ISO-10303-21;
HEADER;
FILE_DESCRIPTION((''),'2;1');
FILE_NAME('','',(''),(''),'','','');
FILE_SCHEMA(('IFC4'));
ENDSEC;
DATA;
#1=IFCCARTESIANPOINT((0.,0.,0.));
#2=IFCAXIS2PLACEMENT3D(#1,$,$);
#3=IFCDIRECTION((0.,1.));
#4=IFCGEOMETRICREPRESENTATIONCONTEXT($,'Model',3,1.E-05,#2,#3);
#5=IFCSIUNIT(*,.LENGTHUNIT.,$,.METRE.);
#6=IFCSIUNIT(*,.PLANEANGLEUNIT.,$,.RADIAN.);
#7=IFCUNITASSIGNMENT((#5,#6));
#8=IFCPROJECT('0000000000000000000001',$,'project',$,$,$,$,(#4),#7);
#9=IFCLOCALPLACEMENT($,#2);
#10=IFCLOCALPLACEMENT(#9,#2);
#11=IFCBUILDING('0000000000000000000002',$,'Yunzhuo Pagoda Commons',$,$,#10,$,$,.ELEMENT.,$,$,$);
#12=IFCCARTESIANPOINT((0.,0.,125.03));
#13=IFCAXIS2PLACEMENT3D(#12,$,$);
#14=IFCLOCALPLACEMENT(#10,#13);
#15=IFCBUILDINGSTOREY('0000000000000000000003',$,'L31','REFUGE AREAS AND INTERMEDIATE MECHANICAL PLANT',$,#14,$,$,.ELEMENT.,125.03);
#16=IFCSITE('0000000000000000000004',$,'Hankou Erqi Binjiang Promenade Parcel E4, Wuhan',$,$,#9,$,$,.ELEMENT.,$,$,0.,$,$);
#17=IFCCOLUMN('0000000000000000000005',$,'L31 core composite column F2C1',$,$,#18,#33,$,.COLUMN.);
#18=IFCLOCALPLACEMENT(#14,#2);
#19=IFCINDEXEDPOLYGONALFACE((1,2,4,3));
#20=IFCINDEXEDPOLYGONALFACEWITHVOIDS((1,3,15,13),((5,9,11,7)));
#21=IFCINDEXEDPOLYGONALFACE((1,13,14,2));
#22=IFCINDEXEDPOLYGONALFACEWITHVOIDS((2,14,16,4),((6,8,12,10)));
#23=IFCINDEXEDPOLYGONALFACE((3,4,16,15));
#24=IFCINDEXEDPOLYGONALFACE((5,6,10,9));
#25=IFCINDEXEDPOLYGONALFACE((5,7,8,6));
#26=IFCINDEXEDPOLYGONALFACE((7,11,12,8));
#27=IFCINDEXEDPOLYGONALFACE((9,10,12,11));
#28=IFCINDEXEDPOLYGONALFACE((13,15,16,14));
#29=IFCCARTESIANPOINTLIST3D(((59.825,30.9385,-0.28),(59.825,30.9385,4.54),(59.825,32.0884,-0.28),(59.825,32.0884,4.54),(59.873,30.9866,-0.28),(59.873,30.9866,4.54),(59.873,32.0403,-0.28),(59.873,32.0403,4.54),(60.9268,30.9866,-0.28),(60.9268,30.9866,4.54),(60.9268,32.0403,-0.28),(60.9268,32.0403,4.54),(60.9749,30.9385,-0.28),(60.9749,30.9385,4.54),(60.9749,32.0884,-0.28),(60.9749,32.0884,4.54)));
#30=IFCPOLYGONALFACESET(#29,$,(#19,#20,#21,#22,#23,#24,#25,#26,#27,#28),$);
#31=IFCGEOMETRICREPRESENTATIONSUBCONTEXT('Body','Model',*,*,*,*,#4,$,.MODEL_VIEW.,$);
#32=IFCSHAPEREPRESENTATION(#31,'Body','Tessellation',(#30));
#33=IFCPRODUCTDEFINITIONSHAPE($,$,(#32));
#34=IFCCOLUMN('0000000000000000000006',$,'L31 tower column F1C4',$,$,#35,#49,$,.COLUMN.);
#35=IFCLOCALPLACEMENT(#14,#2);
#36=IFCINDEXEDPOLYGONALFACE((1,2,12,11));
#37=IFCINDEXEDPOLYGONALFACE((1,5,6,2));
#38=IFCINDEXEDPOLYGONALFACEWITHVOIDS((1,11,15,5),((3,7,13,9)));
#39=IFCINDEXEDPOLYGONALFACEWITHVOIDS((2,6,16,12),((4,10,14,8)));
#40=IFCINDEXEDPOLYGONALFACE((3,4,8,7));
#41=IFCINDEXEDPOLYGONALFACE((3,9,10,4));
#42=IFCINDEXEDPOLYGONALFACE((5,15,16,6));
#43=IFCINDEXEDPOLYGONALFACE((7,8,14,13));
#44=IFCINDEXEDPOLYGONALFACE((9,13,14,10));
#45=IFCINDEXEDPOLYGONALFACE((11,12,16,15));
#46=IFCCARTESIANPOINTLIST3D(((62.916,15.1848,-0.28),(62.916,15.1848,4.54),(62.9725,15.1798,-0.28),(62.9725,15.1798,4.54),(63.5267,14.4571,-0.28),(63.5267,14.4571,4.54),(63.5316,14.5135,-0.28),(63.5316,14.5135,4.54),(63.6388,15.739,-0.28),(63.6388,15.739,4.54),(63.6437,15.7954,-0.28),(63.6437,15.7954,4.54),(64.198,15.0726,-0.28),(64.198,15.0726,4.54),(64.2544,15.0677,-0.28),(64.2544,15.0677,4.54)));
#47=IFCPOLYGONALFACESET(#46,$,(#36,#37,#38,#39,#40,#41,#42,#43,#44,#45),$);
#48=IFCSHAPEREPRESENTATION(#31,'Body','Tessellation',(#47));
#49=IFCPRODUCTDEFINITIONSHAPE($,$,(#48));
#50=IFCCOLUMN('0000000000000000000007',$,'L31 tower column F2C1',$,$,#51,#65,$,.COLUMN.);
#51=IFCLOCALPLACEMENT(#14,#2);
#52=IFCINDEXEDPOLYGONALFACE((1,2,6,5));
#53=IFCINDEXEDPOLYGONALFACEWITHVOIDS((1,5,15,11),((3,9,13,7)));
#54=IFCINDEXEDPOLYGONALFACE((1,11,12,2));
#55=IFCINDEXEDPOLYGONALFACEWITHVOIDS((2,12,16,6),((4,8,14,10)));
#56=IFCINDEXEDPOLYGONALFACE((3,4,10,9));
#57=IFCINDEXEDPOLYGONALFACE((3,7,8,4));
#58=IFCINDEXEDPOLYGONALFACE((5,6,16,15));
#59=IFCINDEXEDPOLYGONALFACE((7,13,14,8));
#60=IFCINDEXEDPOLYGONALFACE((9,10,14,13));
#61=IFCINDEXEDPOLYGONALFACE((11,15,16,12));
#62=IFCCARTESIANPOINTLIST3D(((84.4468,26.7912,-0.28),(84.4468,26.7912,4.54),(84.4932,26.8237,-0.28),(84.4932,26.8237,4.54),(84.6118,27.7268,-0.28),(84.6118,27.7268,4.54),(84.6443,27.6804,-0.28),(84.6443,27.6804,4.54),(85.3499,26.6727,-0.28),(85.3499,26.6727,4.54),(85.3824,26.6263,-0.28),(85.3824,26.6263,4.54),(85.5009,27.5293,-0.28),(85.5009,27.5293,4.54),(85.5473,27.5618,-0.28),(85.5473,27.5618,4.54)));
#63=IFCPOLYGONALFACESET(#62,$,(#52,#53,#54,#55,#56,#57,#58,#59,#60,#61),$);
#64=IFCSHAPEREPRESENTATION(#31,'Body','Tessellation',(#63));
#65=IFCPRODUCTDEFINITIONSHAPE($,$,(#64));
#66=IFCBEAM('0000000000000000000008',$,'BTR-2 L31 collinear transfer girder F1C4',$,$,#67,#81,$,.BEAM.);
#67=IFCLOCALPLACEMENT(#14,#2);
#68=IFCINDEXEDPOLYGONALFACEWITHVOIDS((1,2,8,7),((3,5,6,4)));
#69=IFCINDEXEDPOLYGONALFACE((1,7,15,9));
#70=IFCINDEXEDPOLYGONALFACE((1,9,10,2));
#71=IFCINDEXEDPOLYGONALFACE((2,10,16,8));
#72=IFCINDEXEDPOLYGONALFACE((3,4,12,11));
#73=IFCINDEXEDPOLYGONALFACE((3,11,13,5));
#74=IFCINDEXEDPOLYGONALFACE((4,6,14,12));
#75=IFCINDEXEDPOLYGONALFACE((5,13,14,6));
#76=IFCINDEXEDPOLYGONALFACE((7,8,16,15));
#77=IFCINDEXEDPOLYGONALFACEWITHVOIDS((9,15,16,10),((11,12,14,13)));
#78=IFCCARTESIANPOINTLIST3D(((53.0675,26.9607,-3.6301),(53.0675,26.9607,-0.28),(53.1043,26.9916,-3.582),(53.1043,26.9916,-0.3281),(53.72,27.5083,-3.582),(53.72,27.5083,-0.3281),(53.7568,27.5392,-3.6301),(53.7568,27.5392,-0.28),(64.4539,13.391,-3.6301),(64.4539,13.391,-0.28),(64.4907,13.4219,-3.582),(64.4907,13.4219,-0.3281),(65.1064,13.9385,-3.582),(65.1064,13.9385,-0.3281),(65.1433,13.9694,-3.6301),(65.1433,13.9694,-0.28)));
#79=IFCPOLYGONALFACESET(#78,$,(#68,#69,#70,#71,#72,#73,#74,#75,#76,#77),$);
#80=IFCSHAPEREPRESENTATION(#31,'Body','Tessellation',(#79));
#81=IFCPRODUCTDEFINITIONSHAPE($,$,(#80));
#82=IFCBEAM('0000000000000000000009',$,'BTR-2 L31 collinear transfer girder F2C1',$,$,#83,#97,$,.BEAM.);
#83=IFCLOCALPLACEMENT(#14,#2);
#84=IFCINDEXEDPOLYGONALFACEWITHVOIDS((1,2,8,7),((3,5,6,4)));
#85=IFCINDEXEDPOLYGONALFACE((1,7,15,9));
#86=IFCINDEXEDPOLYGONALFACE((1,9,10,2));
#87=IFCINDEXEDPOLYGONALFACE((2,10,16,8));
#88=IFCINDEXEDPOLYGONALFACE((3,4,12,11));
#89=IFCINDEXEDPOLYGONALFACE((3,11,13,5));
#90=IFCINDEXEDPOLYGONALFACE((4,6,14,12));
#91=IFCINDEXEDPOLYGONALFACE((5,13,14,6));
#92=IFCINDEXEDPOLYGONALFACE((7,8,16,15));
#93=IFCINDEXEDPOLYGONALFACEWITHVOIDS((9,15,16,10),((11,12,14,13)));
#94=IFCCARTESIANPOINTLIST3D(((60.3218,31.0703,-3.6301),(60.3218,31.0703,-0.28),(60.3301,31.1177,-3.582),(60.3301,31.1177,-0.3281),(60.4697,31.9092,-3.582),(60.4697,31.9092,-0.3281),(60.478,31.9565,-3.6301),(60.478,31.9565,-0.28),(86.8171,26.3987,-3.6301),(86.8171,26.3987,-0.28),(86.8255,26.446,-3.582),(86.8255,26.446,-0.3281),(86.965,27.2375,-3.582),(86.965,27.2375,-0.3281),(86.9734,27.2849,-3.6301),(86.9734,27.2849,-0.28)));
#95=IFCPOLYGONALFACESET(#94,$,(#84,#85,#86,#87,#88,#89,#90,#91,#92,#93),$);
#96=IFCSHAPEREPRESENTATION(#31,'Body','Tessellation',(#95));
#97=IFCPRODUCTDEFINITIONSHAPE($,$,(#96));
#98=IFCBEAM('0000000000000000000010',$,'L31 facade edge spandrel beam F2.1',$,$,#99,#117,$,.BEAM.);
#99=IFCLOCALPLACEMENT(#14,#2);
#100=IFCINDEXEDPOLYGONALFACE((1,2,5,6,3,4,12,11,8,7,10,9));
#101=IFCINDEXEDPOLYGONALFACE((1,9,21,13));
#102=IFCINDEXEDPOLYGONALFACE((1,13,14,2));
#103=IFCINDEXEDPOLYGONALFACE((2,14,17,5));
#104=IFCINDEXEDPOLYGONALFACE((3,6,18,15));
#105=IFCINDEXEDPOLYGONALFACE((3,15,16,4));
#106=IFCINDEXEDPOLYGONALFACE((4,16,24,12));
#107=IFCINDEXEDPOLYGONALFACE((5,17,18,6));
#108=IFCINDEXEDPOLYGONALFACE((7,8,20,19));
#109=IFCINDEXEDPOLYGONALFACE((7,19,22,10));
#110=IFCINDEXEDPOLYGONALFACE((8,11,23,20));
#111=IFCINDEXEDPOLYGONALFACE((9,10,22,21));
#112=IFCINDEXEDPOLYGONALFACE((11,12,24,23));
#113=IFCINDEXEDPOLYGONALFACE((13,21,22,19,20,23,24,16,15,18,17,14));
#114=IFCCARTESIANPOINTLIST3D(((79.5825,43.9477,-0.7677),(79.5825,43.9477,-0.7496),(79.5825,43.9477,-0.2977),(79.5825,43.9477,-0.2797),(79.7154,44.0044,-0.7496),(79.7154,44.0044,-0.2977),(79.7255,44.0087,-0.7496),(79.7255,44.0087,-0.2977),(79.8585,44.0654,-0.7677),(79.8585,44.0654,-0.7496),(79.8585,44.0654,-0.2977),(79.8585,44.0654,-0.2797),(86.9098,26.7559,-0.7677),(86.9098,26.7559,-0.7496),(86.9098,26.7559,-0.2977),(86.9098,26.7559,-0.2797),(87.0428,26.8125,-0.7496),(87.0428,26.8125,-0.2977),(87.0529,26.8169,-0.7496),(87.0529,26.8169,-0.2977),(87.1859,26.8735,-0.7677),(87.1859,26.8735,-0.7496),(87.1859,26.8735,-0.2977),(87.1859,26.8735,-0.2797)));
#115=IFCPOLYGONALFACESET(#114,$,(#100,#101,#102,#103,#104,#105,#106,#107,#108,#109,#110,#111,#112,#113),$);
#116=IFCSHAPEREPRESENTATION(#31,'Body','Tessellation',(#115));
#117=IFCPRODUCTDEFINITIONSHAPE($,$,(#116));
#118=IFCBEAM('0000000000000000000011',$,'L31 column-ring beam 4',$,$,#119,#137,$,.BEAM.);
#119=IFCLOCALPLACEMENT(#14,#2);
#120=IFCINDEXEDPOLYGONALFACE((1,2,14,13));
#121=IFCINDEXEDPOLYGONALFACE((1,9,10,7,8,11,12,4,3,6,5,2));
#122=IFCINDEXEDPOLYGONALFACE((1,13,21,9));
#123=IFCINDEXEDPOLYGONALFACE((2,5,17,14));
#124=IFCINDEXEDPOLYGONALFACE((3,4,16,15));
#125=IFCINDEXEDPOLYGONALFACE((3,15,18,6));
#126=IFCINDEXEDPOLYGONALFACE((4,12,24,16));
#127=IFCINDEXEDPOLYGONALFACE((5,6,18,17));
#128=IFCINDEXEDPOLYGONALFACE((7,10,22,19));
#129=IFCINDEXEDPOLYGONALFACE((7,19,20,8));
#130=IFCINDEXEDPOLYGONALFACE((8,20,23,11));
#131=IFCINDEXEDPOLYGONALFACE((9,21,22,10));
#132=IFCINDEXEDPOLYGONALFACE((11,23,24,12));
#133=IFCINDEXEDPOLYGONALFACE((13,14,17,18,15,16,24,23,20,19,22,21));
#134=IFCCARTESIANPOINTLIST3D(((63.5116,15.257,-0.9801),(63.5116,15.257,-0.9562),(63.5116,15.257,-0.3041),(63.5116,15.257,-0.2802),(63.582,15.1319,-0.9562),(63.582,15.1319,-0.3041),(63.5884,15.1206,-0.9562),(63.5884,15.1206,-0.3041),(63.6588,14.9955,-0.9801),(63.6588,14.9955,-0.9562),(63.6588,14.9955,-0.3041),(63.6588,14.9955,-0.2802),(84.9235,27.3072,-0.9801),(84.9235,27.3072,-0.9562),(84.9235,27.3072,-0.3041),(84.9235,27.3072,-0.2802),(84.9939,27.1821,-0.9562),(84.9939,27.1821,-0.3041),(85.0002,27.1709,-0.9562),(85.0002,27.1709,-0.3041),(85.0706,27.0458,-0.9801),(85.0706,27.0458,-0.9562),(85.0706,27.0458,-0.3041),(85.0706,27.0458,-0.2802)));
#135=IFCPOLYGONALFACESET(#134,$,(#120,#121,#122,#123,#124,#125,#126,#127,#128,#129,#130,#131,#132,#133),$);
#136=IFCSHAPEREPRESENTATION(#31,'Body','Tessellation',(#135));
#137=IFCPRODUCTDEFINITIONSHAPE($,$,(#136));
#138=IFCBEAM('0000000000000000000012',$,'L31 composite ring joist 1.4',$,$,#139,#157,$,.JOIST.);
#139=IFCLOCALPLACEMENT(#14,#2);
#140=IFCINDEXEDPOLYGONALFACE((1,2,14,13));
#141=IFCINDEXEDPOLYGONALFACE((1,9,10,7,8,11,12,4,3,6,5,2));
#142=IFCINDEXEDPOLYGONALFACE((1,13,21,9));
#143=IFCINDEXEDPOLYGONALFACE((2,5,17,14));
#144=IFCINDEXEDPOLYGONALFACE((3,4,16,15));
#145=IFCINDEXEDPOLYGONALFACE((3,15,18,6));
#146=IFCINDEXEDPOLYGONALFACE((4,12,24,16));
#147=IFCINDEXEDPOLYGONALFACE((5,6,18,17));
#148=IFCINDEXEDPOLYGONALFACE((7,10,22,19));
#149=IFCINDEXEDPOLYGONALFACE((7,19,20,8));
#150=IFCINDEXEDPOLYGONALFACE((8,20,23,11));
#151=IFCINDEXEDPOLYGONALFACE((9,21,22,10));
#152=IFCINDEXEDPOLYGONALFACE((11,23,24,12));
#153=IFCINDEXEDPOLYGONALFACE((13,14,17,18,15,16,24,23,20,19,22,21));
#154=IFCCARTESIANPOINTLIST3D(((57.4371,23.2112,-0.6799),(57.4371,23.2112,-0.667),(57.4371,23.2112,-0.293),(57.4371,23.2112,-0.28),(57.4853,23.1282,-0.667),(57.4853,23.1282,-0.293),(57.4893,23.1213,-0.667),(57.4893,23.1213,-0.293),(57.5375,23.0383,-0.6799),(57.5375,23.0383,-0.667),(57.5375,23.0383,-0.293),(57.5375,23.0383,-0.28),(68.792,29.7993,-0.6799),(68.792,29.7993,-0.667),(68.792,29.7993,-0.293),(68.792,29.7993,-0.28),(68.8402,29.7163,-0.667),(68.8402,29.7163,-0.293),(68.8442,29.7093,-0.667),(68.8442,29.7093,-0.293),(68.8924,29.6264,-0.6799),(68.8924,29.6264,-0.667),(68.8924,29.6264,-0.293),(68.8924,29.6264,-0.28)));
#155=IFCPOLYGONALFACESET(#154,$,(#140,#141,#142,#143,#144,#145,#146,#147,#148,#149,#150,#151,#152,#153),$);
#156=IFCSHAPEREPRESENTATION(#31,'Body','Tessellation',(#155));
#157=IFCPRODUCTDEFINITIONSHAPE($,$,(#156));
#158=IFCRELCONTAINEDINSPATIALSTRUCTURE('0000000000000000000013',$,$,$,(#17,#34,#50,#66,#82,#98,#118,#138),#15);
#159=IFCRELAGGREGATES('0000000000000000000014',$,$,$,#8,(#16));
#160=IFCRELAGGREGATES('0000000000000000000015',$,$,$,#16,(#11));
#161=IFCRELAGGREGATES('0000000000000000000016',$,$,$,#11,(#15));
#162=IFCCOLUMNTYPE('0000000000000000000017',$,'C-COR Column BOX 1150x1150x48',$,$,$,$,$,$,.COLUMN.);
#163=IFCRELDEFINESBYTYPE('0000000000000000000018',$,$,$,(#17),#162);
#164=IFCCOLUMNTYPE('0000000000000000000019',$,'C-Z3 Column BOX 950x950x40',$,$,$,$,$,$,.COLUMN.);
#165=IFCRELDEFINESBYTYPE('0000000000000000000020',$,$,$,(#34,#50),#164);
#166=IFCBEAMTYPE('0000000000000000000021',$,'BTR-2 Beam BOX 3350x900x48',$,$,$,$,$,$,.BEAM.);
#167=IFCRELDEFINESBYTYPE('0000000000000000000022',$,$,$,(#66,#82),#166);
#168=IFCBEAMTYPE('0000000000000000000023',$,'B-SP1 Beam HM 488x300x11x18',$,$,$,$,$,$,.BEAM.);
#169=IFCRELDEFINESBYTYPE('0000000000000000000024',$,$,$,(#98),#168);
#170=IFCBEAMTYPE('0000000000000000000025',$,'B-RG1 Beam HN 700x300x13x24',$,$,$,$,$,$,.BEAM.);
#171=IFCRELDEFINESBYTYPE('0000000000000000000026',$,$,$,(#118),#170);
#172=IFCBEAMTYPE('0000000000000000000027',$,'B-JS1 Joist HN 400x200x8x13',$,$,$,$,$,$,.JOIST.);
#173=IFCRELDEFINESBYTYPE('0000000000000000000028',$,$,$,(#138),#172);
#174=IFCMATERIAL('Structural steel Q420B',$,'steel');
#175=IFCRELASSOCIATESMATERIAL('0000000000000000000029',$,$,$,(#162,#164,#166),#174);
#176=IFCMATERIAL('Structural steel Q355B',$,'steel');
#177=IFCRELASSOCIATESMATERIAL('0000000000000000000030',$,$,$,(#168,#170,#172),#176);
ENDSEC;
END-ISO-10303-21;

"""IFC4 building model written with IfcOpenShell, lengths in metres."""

from ifc_helpers import new_model, si_unit, direction, frame, origin, origin_2d, place, context, subcontext, project, spatial, hollow_rectangle, i_section, extrude, source, transform, mapped, material, material_profile, profile_set, type_object, element, save


model = new_model("IFC4")

# Units and contexts
model_context = context("Model", 3, precision=1e-05, world=origin(), true_north=direction((0.0, 1.0)))
body_context = subcontext(model_context, "Body", "Model", "MODEL_VIEW")
ifc_project = project(units=[si_unit("LENGTHUNIT", "METRE"), si_unit("PLANEANGLEUNIT", "RADIAN")], contexts=[model_context])

# Site, building, storey
site_placement = place(None, origin())
site = spatial("IfcSite", under=ifc_project, at=site_placement, Name="Hankou Erqi Binjiang Promenade Parcel E4, Wuhan", CompositionType="ELEMENT", RefElevation=0.0)
building_placement = place(site_placement, origin())
building = spatial("IfcBuilding", under=site, at=building_placement, Name="Yunzhuo Pagoda Commons", CompositionType="ELEMENT")
storey_placement = place(building_placement, frame((0.0, 0.0, 125.03)))
storey = spatial("IfcBuildingStorey", under=building, at=storey_placement, Name="L31", Description="REFUGE AREAS AND INTERMEDIATE MECHANICAL PLANT", CompositionType="ELEMENT", Elevation=125.03)

# Columns
ifc_material_1 = material(Name="Structural steel Q420B", Category="steel")
ifc_material_profile_1 = material_profile(ifc_material_1, hollow_rectangle(XDim=1.1499, YDim=1.1499, WallThickness=0.0481, at=origin_2d()), Name="Structural steel Q420B")
ifc_profile_set_1 = profile_set([ifc_material_profile_1], Name="Structural steel Q420B")
column_type_1 = type_object("IfcColumnType", Name="C-COR Column BOX 1150x1150x48", PredefinedType="COLUMN", material=ifc_profile_set_1)
shared_shape_1 = source(origin(), body_context, "Body", "SweptSolid", [
    extrude(hollow_rectangle(XDim=1.1499, YDim=1.1499, WallThickness=0.0481, at=origin_2d()), origin(), (0.0, 0.0, 1.0), 4.8201),
])
column_placement = place(storey_placement, frame((60.3999, 31.5134, -0.28), z_axis=(0.0, 0.0, 1.0), x_axis=(1.0, 0.0, 0.0)))
element("IfcColumn", 1, at=column_placement, inside=storey, type_object=column_type_1, Name="L31 core composite column F2C1", PredefinedType="COLUMN", context=body_context, shape_type="MappedRepresentation", body=[
    mapped(shared_shape_1, transform((0.0, 0.0, 0.0), scale=1.0)),
])
ifc_material_profile_2 = material_profile(ifc_material_1, hollow_rectangle(XDim=0.95, YDim=0.95, WallThickness=0.04, at=origin_2d()), Name="Structural steel Q420B")
ifc_profile_set_2 = profile_set([ifc_material_profile_2], Name="Structural steel Q420B")
column_type_2 = type_object("IfcColumnType", Name="C-Z3 Column BOX 950x950x40", PredefinedType="COLUMN", material=ifc_profile_set_2)
shared_shape_2 = source(origin(), body_context, "Body", "SweptSolid", [
    extrude(hollow_rectangle(XDim=0.95, YDim=0.95, WallThickness=0.04, at=origin_2d()), origin(), (0.0, 0.0, 1.0), 4.8201),
])
for number, where, z_axis, x_axis, name in (
    (2, (63.5852, 15.1262, -0.28), (0.0, 0.0, 1.0), (0.766044, 0.642788, 0.0), "L31 tower column F1C4"),
    (3, (84.9971, 27.1765, -0.28), (0.0, 0.0, 1.0), (0.173648, 0.984808, 0.0), "L31 tower column F2C1"),
):
    element("IfcColumn", number, at=place(storey_placement, frame(where, z_axis=z_axis, x_axis=x_axis)), inside=storey, type_object=column_type_2, Name=name, PredefinedType="COLUMN", context=body_context, shape_type="MappedRepresentation", body=[
        mapped(shared_shape_2, transform((0.0, 0.0, 0.0), scale=1.0)),
    ])

# Beams
ifc_material_profile_3 = material_profile(ifc_material_1, hollow_rectangle(XDim=0.8999, YDim=3.3501, WallThickness=0.0481, at=origin_2d()), Name="Structural steel Q420B")
ifc_profile_set_3 = profile_set([ifc_material_profile_3], Name="Structural steel Q420B")
beam_type_1 = type_object("IfcBeamType", Name="BTR-2 Beam BOX 3350x900x48", PredefinedType="BEAM", material=ifc_profile_set_3)
shared_shape_3 = source(origin(), body_context, "Body", "SweptSolid", [
    extrude(hollow_rectangle(XDim=0.8999, YDim=3.3501, WallThickness=0.0481, at=origin_2d()), origin(), (0.0, 0.0, 1.0), 17.7141),
])
beam_1_placement = place(storey_placement, frame((64.7986, 13.6802, -1.9551), z_axis=(-0.642789, 0.766043, 0.0), x_axis=(-0.766043, -0.642789, 0.0)))
element("IfcBeam", 4, at=beam_1_placement, inside=storey, type_object=beam_type_1, Name="BTR-2 L31 collinear transfer girder F1C4", PredefinedType="BEAM", context=body_context, shape_type="MappedRepresentation", body=[
    mapped(shared_shape_3, transform((0.0, 0.0, 0.0), scale=1.0)),
])
shared_shape_4 = source(origin(), body_context, "Body", "SweptSolid", [
    extrude(hollow_rectangle(XDim=0.8999, YDim=3.3501, WallThickness=0.0481, at=origin_2d()), origin(), (0.0, 0.0, 1.0), 26.9041),
])
beam_2_placement = place(storey_placement, frame((86.8953, 26.8418, -1.9551), z_axis=(-0.984809, 0.17364, 0.0), x_axis=(-0.17364, -0.984809, 0.0)))
element("IfcBeam", 5, at=beam_2_placement, inside=storey, type_object=beam_type_1, Name="BTR-2 L31 collinear transfer girder F2C1", PredefinedType="BEAM", context=body_context, shape_type="MappedRepresentation", body=[
    mapped(shared_shape_4, transform((0.0, 0.0, 0.0), scale=1.0)),
])
ifc_material_2 = material(Name="Structural steel Q355B", Category="steel")
ifc_material_profile_4 = material_profile(ifc_material_2, i_section(OverallWidth=0.3, OverallDepth=0.488, WebThickness=0.011, FlangeThickness=0.0181, at=origin_2d()), Name="Structural steel Q355B")
ifc_profile_set_4 = profile_set([ifc_material_profile_4], Name="Structural steel Q355B")
beam_type_2 = type_object("IfcBeamType", Name="B-SP1 Beam HM 488x300x11x18", PredefinedType="BEAM", material=ifc_profile_set_4)
shared_shape_5 = source(origin(), body_context, "Body", "SweptSolid", [
    extrude(i_section(OverallWidth=0.3, OverallDepth=0.488, WebThickness=0.011, FlangeThickness=0.0181, at=origin_2d()), origin(), (0.0, 0.0, 1.0), 18.6882),
])
beam_3_placement = place(storey_placement, frame((87.0479, 26.8147, -0.5237), z_axis=(-0.392085, 0.919929, 0.0), x_axis=(-0.919929, -0.392085, 0.0)))
element("IfcBeam", 6, at=beam_3_placement, inside=storey, type_object=beam_type_2, Name="L31 facade edge spandrel beam F2.1", PredefinedType="BEAM", context=body_context, shape_type="MappedRepresentation", body=[
    mapped(shared_shape_5, transform((0.0, 0.0, 0.0), scale=1.0)),
])
ifc_material_profile_5 = material_profile(ifc_material_2, i_section(OverallWidth=0.3, OverallDepth=0.7, WebThickness=0.0129, FlangeThickness=0.0239, at=origin_2d()), Name="Structural steel Q355B")
ifc_profile_set_5 = profile_set([ifc_material_profile_5], Name="Structural steel Q355B")
beam_type_3 = type_object("IfcBeamType", Name="B-RG1 Beam HN 700x300x13x24", PredefinedType="BEAM", material=ifc_profile_set_5)
shared_shape_6 = source(origin(), body_context, "Body", "SweptSolid", [
    extrude(i_section(OverallWidth=0.3, OverallDepth=0.7, WebThickness=0.0129, FlangeThickness=0.0239, at=origin_2d()), origin(), (0.0, 0.0, 1.0), 24.5698),
])
beam_4_placement = place(storey_placement, frame((63.5852, 15.1262, -0.6301), z_axis=(0.871469, 0.49045, 0.0), x_axis=(-0.49045, 0.871469, 0.0)))
element("IfcBeam", 7, at=beam_4_placement, inside=storey, type_object=beam_type_3, Name="L31 column-ring beam 4", PredefinedType="BEAM", context=body_context, shape_type="MappedRepresentation", body=[
    mapped(shared_shape_6, transform((0.0, 0.0, 0.0), scale=1.0)),
])
ifc_material_profile_6 = material_profile(ifc_material_2, i_section(OverallWidth=0.2, OverallDepth=0.3999, WebThickness=0.0081, FlangeThickness=0.0129, at=origin_2d()), Name="Structural steel Q355B")
ifc_profile_set_6 = profile_set([ifc_material_profile_6], Name="Structural steel Q355B")
beam_type_4 = type_object("IfcBeamType", Name="B-JS1 Joist HN 400x200x8x13", PredefinedType="JOIST", material=ifc_profile_set_6)
shared_shape_7 = source(origin(), body_context, "Body", "SweptSolid", [
    extrude(i_section(OverallWidth=0.2, OverallDepth=0.3999, WebThickness=0.0081, FlangeThickness=0.0129, at=origin_2d()), origin(), (0.0, 0.0, 1.0), 13.1277),
])
beam_5_placement = place(storey_placement, frame((57.4873, 23.1248, -0.48), z_axis=(0.864957, 0.501846, 0.0), x_axis=(-0.501846, 0.864957, 0.0)))
element("IfcBeam", 8, at=beam_5_placement, inside=storey, type_object=beam_type_4, Name="L31 composite ring joist 1.4", PredefinedType="JOIST", context=body_context, shape_type="MappedRepresentation", body=[
    mapped(shared_shape_7, transform((0.0, 0.0, 0.0), scale=1.0)),
])

save(model, "model.ifc")
